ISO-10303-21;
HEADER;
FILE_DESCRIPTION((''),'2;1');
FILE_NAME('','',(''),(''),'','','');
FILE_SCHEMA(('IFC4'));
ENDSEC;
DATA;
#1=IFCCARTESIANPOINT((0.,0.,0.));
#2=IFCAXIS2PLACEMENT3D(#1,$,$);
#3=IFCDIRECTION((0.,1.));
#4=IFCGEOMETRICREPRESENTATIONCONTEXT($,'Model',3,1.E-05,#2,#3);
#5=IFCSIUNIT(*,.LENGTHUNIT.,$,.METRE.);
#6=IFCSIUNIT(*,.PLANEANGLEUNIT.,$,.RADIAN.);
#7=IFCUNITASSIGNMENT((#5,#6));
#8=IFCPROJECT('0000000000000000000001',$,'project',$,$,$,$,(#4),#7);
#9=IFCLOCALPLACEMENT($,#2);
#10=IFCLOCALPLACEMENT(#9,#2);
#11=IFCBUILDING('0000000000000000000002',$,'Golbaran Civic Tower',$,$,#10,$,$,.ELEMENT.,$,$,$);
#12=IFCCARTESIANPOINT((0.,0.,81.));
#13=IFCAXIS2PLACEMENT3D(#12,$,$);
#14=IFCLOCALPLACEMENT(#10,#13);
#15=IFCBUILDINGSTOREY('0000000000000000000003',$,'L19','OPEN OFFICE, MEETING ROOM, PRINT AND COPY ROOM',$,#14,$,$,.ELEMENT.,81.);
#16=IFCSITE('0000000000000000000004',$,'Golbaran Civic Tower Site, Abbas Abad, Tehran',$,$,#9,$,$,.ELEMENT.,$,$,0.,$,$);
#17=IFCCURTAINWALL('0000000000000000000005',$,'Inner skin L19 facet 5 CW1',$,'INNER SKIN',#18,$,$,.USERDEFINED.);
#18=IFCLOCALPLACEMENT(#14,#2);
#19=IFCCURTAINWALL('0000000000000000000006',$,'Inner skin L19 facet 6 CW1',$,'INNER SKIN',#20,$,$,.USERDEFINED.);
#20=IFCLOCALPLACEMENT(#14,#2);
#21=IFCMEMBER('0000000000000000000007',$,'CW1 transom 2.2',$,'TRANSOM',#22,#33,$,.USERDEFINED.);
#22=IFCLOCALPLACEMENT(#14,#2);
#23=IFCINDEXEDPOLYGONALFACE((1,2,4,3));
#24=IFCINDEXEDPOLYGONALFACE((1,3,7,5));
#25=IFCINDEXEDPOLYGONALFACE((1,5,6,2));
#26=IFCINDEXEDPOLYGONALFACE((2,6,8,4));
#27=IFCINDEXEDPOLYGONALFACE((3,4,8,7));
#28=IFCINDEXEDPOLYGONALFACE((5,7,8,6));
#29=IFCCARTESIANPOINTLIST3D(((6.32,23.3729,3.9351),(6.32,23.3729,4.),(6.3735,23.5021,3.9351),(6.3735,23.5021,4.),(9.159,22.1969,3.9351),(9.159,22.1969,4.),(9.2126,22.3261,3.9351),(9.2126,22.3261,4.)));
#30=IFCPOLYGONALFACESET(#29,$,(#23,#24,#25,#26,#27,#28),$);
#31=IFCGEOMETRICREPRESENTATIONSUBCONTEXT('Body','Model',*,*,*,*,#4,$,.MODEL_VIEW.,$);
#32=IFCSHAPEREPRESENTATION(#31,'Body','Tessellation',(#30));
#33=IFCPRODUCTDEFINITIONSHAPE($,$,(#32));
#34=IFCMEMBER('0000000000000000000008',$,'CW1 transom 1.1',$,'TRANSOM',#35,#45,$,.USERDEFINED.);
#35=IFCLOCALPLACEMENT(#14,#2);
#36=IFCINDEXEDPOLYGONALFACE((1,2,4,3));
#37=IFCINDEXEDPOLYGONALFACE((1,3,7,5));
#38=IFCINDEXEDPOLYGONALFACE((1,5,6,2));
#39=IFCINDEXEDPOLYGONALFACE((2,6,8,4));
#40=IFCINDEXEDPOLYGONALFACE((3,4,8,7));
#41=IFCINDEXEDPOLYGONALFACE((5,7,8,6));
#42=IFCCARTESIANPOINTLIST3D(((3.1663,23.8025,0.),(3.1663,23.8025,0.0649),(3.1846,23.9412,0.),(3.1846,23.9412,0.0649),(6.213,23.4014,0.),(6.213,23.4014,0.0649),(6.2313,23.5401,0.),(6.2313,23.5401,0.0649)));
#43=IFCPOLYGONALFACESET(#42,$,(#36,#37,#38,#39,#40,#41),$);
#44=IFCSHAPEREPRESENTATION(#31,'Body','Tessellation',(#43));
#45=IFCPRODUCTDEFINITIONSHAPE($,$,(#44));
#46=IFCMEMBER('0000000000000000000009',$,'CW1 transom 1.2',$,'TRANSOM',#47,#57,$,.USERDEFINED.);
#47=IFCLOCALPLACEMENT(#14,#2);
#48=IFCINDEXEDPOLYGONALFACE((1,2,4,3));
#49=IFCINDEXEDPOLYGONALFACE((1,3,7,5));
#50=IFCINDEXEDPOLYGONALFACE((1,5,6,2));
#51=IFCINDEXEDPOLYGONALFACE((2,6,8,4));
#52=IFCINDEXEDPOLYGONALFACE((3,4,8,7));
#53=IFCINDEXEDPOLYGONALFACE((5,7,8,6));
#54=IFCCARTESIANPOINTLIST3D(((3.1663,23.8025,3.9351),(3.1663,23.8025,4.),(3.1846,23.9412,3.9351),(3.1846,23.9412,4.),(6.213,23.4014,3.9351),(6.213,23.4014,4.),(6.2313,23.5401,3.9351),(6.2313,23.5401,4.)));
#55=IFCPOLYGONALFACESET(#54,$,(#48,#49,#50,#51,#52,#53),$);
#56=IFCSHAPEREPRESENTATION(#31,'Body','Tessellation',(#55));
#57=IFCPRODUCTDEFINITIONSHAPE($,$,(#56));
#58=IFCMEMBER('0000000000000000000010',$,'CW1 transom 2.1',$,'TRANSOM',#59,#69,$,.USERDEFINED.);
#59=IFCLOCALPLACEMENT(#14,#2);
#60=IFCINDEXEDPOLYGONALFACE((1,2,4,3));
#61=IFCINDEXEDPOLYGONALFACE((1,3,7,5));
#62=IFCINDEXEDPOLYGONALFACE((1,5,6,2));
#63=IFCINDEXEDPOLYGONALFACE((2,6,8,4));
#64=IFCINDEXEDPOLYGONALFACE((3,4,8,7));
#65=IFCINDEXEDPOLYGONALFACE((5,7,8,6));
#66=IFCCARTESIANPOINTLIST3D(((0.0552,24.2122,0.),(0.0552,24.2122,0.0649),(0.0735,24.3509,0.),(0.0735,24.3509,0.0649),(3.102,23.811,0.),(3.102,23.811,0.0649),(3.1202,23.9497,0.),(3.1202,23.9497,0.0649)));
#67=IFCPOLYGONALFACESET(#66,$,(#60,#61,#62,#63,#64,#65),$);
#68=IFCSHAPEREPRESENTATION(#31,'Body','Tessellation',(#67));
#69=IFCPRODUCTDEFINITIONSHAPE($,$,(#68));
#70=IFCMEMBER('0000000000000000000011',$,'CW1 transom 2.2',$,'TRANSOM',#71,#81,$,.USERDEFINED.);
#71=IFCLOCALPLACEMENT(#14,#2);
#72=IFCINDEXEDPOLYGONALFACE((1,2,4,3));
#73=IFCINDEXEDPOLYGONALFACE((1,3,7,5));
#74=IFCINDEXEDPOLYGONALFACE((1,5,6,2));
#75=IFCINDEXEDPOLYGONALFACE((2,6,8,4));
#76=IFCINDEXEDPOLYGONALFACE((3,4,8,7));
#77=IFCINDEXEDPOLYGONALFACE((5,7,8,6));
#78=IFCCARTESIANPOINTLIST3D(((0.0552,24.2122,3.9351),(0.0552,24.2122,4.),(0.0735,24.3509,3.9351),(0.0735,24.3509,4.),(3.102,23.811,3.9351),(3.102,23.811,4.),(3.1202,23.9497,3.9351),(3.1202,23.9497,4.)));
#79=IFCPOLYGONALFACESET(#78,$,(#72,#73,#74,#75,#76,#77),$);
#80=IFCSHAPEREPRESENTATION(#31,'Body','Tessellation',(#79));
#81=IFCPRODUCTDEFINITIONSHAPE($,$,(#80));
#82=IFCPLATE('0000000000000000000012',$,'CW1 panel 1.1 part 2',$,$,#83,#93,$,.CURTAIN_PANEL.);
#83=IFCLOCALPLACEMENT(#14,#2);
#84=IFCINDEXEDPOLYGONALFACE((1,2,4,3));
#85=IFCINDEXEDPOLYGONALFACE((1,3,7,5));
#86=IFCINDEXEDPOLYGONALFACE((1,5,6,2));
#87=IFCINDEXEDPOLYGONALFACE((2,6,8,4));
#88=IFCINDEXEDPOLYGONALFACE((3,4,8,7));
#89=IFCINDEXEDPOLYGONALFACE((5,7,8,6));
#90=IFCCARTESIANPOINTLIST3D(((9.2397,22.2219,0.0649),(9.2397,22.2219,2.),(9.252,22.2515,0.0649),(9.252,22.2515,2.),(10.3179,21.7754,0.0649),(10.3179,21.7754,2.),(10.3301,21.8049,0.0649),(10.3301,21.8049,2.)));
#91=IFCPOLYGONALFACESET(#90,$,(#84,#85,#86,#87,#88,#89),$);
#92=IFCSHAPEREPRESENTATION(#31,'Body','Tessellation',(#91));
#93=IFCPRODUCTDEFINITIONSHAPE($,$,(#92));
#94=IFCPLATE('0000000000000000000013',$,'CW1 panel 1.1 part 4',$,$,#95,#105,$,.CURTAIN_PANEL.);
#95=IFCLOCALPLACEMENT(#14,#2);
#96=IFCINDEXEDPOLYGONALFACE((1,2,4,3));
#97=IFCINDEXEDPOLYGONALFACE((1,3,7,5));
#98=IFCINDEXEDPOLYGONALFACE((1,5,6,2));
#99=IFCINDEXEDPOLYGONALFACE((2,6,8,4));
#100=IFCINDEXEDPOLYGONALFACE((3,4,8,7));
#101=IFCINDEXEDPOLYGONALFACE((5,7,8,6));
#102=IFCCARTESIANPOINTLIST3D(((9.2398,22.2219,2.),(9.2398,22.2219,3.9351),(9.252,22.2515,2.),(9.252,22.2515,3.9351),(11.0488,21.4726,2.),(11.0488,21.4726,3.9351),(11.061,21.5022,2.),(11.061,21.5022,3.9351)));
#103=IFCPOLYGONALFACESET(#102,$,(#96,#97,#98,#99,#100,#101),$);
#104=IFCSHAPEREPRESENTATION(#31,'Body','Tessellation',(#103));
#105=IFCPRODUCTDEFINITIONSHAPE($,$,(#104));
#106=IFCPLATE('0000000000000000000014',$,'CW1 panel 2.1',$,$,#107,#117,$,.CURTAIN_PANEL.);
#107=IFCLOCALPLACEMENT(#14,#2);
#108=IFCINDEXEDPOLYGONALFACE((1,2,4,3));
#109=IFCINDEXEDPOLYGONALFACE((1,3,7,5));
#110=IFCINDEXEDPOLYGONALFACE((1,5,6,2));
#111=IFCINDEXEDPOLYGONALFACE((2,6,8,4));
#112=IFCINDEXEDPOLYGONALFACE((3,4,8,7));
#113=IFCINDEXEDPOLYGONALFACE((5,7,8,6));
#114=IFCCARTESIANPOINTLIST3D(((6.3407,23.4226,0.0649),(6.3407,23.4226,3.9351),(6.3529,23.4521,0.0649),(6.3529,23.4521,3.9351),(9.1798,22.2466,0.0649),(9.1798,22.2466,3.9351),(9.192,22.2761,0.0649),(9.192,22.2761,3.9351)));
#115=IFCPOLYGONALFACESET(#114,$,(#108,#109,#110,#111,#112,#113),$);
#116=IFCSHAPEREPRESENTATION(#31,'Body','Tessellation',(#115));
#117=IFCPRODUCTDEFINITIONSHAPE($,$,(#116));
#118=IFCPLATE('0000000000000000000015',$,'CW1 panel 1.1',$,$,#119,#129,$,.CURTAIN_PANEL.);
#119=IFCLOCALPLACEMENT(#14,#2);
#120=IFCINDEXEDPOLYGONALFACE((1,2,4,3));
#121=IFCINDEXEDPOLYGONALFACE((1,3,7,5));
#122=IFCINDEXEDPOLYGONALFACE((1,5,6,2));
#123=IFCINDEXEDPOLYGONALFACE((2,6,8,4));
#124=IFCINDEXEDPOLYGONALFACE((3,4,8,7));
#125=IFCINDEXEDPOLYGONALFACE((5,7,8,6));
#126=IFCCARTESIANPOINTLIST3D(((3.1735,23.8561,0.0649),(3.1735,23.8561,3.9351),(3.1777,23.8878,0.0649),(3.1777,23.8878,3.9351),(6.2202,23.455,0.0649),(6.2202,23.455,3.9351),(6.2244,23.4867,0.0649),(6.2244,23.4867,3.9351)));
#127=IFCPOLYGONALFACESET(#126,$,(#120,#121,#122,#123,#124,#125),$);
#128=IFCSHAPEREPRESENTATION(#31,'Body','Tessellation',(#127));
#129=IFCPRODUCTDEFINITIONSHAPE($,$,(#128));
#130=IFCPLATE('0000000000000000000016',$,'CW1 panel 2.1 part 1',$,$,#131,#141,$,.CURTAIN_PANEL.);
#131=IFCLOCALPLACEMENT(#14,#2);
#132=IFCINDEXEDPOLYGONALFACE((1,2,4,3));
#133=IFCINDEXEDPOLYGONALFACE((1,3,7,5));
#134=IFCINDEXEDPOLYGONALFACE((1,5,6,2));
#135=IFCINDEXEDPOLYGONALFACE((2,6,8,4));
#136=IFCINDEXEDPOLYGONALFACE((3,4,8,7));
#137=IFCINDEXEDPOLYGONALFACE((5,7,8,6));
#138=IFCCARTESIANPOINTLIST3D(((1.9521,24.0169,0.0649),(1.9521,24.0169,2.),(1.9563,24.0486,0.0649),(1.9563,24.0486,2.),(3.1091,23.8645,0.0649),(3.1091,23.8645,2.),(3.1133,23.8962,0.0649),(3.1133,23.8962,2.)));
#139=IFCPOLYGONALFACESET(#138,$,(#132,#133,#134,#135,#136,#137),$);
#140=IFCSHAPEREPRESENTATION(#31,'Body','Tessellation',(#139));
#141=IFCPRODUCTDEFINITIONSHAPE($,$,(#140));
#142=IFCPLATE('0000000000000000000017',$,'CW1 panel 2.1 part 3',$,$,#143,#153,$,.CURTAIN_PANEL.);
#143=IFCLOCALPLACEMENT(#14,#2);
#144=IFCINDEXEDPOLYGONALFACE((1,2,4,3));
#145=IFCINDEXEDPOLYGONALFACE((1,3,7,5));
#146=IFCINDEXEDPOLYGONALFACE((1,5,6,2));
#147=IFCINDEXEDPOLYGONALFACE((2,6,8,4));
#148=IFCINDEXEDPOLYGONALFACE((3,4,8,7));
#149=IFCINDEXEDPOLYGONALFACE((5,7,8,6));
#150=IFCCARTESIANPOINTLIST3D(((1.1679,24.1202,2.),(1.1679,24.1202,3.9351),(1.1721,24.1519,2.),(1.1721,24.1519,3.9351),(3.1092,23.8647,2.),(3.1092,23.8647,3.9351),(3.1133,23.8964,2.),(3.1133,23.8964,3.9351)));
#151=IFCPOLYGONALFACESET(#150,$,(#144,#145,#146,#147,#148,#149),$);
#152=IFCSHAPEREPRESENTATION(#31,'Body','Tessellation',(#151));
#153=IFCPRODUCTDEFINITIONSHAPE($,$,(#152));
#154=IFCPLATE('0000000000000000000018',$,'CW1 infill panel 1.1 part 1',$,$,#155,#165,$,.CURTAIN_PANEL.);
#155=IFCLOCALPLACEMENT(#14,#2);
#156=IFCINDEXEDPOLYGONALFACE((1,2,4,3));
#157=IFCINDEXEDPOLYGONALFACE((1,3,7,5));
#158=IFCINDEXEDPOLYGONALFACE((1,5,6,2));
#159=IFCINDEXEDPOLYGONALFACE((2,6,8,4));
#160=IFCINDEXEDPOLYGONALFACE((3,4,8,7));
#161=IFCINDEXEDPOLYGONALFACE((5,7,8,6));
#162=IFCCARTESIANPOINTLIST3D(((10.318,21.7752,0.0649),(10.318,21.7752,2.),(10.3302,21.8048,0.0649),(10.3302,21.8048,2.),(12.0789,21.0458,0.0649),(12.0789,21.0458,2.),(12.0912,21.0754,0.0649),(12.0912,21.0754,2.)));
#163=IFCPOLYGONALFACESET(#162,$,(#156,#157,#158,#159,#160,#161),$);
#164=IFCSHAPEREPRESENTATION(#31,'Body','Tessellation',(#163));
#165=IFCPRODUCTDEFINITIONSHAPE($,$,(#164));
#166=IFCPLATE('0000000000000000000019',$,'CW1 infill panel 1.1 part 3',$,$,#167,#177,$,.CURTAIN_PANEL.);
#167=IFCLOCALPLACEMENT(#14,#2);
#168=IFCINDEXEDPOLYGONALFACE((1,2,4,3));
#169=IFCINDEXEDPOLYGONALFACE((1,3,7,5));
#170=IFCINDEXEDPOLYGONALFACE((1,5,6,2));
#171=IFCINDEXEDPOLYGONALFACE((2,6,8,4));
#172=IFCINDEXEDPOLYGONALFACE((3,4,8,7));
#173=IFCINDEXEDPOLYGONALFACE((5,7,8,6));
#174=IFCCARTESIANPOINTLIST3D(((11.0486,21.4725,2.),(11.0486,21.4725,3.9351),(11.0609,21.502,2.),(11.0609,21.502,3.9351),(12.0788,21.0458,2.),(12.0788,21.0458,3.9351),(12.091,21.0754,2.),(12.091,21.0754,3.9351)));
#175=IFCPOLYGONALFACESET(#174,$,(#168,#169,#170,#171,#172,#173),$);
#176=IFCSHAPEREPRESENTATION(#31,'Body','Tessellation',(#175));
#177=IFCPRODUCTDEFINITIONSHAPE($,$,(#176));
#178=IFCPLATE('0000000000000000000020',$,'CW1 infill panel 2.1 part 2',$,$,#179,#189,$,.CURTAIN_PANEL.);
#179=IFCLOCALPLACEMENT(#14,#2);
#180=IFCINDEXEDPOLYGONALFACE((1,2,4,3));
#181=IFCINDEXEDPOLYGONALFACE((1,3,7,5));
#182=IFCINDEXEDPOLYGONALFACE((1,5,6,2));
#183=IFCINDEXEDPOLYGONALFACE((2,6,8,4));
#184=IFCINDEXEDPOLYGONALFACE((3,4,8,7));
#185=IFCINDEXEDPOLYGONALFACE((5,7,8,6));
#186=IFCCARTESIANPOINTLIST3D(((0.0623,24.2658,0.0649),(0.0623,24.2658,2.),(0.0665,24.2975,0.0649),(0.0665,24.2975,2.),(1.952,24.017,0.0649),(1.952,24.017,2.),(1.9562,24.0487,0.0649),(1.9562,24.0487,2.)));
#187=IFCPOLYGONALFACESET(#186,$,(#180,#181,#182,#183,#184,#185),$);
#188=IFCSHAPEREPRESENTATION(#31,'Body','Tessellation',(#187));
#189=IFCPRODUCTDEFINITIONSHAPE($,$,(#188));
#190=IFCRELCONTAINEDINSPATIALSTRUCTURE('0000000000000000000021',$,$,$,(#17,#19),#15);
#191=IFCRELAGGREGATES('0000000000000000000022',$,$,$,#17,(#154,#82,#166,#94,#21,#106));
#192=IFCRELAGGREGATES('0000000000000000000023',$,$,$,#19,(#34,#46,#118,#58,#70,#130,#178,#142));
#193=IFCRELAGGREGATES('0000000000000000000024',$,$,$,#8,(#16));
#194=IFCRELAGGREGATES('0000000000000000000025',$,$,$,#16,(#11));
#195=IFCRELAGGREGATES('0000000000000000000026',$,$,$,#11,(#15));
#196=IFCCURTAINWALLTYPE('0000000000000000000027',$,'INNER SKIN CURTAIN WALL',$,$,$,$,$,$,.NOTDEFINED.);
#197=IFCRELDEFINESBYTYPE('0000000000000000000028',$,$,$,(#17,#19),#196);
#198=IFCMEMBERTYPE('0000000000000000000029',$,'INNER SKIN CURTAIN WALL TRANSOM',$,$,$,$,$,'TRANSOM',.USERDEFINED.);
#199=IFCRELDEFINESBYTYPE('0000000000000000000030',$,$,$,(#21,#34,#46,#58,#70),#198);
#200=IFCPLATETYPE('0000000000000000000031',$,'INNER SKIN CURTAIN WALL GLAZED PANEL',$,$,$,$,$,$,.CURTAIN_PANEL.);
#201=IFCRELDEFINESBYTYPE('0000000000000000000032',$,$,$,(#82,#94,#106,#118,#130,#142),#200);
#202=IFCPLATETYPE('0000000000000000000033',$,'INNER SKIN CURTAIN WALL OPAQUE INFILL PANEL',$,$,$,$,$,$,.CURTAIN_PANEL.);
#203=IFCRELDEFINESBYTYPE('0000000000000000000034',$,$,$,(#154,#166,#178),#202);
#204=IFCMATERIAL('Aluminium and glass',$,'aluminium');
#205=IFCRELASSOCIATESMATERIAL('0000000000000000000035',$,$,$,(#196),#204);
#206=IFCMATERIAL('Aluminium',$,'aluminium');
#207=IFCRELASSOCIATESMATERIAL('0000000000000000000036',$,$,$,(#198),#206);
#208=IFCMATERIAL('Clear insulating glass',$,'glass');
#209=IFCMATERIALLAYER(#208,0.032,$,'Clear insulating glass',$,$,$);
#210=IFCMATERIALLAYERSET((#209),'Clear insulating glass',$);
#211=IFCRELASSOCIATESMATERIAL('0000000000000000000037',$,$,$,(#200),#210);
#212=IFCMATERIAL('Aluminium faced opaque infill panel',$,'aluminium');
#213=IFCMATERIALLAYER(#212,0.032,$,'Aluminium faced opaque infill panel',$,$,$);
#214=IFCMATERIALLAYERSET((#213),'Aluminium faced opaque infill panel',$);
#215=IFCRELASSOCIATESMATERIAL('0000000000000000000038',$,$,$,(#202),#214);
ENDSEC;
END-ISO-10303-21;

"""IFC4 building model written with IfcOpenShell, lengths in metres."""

from ifc_helpers import new_model, si_unit, direction, frame, origin, origin_2d, place, context, subcontext, project, spatial, rectangle, extrude, material, layer, layer_set, material_profile, profile_set, type_object, element, aggregate, save


model = new_model("IFC4")

# Units and contexts
model_context = context("Model", 3, precision=1e-05, world=origin(), true_north=direction((0.0, 1.0)))
body_context = subcontext(model_context, "Body", "Model", "MODEL_VIEW")
ifc_project = project(units=[si_unit("LENGTHUNIT", "METRE"), si_unit("PLANEANGLEUNIT", "RADIAN")], contexts=[model_context])

# Site, building, storey
site_placement = place(None, origin())
site = spatial("IfcSite", under=ifc_project, at=site_placement, Name="Golbaran Civic Tower Site, Abbas Abad, Tehran", CompositionType="ELEMENT", RefElevation=0.0)
building_placement = place(site_placement, origin())
building = spatial("IfcBuilding", under=site, at=building_placement, Name="Golbaran Civic Tower", CompositionType="ELEMENT")
storey_placement = place(building_placement, frame((0.0, 0.0, 81.0)))
storey = spatial("IfcBuildingStorey", under=building, at=storey_placement, Name="L19", Description="OPEN OFFICE, MEETING ROOM, PRINT AND COPY ROOM", CompositionType="ELEMENT", Elevation=81.0)

# Curtain walls
ifc_material_1 = material(Name="Aluminium and glass", Category="aluminium")
curtain_wall_type = type_object("IfcCurtainWallType", Name="INNER SKIN CURTAIN WALL", PredefinedType="NOTDEFINED", material=ifc_material_1)
curtain_wall_1_placement = place(storey_placement, origin())
curtain_wall_1 = element("IfcCurtainWall", 1, at=curtain_wall_1_placement, inside=storey, type_object=curtain_wall_type, Name="Inner skin L19 facet 5 CW1", ObjectType="INNER SKIN", PredefinedType="USERDEFINED")
ifc_material_2 = material(Name="Aluminium", Category="aluminium")
curtain_wall_2_placement = place(storey_placement, origin())
curtain_wall_2 = element("IfcCurtainWall", 2, at=curtain_wall_2_placement, inside=storey, type_object=curtain_wall_type, Name="Inner skin L19 facet 6 CW1", ObjectType="INNER SKIN", PredefinedType="USERDEFINED")

# Members
ifc_material_profile_1 = material_profile(ifc_material_2, rectangle(XDim=0.1399, YDim=0.0649, at=origin_2d()), Name="INNER SKIN CURTAIN WALL TRANSOM")
ifc_profile_set_1 = profile_set([ifc_material_profile_1], Name="Aluminium")
member_type_1 = type_object("IfcMemberType", Name="INNER SKIN CURTAIN WALL TRANSOM", ElementType="TRANSOM", PredefinedType="USERDEFINED", material=ifc_profile_set_1)
member_1_placement = place(storey_placement, frame((9.1858, 22.2615, 3.9675), z_axis=(-0.923876, 0.382691, 0.0), x_axis=(-0.382691, -0.923876, 0.0)))
member_1 = element("IfcMember", 3, at=member_1_placement, type_object=member_type_1, Name="CW1 transom 2.2", ObjectType="TRANSOM", PredefinedType="USERDEFINED", context=body_context, shape_type="SweptSolid", body=[
    extrude(rectangle(XDim=0.1399, YDim=0.0649, at=origin_2d()), origin(), (0.0, 0.0, 1.0), 3.073),
])
member_2_placement = place(storey_placement, frame((6.2222, 23.4707, 0.0325), z_axis=(-0.991444, 0.130535, 0.0), x_axis=(-0.130535, -0.991444, 0.0)))
member_2 = element("IfcMember", 4, at=member_2_placement, type_object=member_type_1, Name="CW1 transom 1.1", ObjectType="TRANSOM", PredefinedType="USERDEFINED", context=body_context, shape_type="SweptSolid", body=[
    extrude(rectangle(XDim=0.1399, YDim=0.0649, at=origin_2d()), origin(), (0.0, 0.0, 1.0), 3.073),
])
member_3_placement = place(storey_placement, frame((6.2222, 23.4707, 3.9675), z_axis=(-0.991444, 0.130535, 0.0), x_axis=(-0.130535, -0.991444, 0.0)))
member_3 = element("IfcMember", 5, at=member_3_placement, type_object=member_type_1, Name="CW1 transom 1.2", ObjectType="TRANSOM", PredefinedType="USERDEFINED", context=body_context, shape_type="SweptSolid", body=[
    extrude(rectangle(XDim=0.1399, YDim=0.0649, at=origin_2d()), origin(), (0.0, 0.0, 1.0), 3.073),
])
member_4_placement = place(storey_placement, frame((3.1111, 23.8804, 0.0325), z_axis=(-0.991444, 0.130535, 0.0), x_axis=(-0.130535, -0.991444, 0.0)))
member_4 = element("IfcMember", 6, at=member_4_placement, type_object=member_type_1, Name="CW1 transom 2.1", ObjectType="TRANSOM", PredefinedType="USERDEFINED", context=body_context, shape_type="SweptSolid", body=[
    extrude(rectangle(XDim=0.1399, YDim=0.0649, at=origin_2d()), origin(), (0.0, 0.0, 1.0), 3.073),
])
member_5_placement = place(storey_placement, frame((3.1111, 23.8804, 3.9675), z_axis=(-0.991444, 0.130535, 0.0), x_axis=(-0.130535, -0.991444, 0.0)))
member_5 = element("IfcMember", 7, at=member_5_placement, type_object=member_type_1, Name="CW1 transom 2.2", ObjectType="TRANSOM", PredefinedType="USERDEFINED", context=body_context, shape_type="SweptSolid", body=[
    extrude(rectangle(XDim=0.1399, YDim=0.0649, at=origin_2d()), origin(), (0.0, 0.0, 1.0), 3.073),
])

# Plates
ifc_material_3 = material(Name="Clear insulating glass", Category="glass")
ifc_layer_1 = layer(ifc_material_3, 0.032, Name="Clear insulating glass")
ifc_layer_set_1 = layer_set([ifc_layer_1], Name="Clear insulating glass")
plate_type_1 = type_object("IfcPlateType", Name="INNER SKIN CURTAIN WALL GLAZED PANEL", PredefinedType="CURTAIN_PANEL", material=ifc_layer_set_1)
plate_1_placement = place(storey_placement, frame((9.7849, 22.0134, 0.0649), z_axis=(0.0, 0.0, 1.0), x_axis=(-0.92388, 0.382683, 0.0)))
plate_1 = element("IfcPlate", 8, at=plate_1_placement, type_object=plate_type_1, Name="CW1 panel 1.1 part 2", PredefinedType="CURTAIN_PANEL", context=body_context, shape_type="SweptSolid", body=[
    extrude(rectangle(XDim=1.167, YDim=0.032, at=origin_2d()), origin(), (0.0, 0.0, 1.0), 1.9351),
])
plate_2_placement = place(storey_placement, frame((10.1504, 21.8621, 2.0), z_axis=(0.0, 0.0, 1.0), x_axis=(-0.92388, 0.382683, 0.0)))
plate_2 = element("IfcPlate", 9, at=plate_2_placement, type_object=plate_type_1, Name="CW1 panel 1.1 part 4", PredefinedType="CURTAIN_PANEL", context=body_context, shape_type="SweptSolid", body=[
    extrude(rectangle(XDim=1.958, YDim=0.032, at=origin_2d()), origin(), (0.0, 0.0, 1.0), 1.9351),
])
plate_3_placement = place(storey_placement, frame((7.7664, 22.8494, 0.0649), z_axis=(0.0, 0.0, 1.0), x_axis=(-0.92388, 0.382683, 0.0)))
plate_3 = element("IfcPlate", 10, at=plate_3_placement, type_object=plate_type_1, Name="CW1 panel 2.1", PredefinedType="CURTAIN_PANEL", context=body_context, shape_type="SweptSolid", body=[
    extrude(rectangle(XDim=3.073, YDim=0.032, at=origin_2d()), origin(), (0.0, 0.0, 1.0), 3.8701),
])
plate_4_placement = place(storey_placement, frame((4.699, 23.6714, 0.0649), z_axis=(0.0, 0.0, 1.0), x_axis=(-0.991445, 0.130526, 0.0)))
plate_4 = element("IfcPlate", 11, at=plate_4_placement, type_object=plate_type_1, Name="CW1 panel 1.1", PredefinedType="CURTAIN_PANEL", context=body_context, shape_type="SweptSolid", body=[
    extrude(rectangle(XDim=3.073, YDim=0.032, at=origin_2d()), origin(), (0.0, 0.0, 1.0), 3.8701),
])
plate_5_placement = place(storey_placement, frame((2.5327, 23.9565, 0.0649), z_axis=(0.0, 0.0, 1.0), x_axis=(-0.991445, 0.130526, 0.0)))
plate_5 = element("IfcPlate", 12, at=plate_5_placement, type_object=plate_type_1, Name="CW1 panel 2.1 part 1", PredefinedType="CURTAIN_PANEL", context=body_context, shape_type="SweptSolid", body=[
    extrude(rectangle(XDim=1.167, YDim=0.032, at=origin_2d()), origin(), (0.0, 0.0, 1.0), 1.9351),
])
plate_6_placement = place(storey_placement, frame((2.1406, 24.0083, 2.0), z_axis=(0.0, 0.0, 1.0), x_axis=(-0.991445, 0.130526, 0.0)))
plate_6 = element("IfcPlate", 13, at=plate_6_placement, type_object=plate_type_1, Name="CW1 panel 2.1 part 3", PredefinedType="CURTAIN_PANEL", context=body_context, shape_type="SweptSolid", body=[
    extrude(rectangle(XDim=1.958, YDim=0.032, at=origin_2d()), origin(), (0.0, 0.0, 1.0), 1.9351),
])
ifc_material_4 = material(Name="Aluminium faced opaque infill panel", Category="aluminium")
ifc_layer_2 = layer(ifc_material_4, 0.032, Name="Aluminium faced opaque infill panel")
ifc_layer_set_2 = layer_set([ifc_layer_2], Name="Aluminium faced opaque infill panel")
plate_type_2 = type_object("IfcPlateType", Name="INNER SKIN CURTAIN WALL OPAQUE INFILL PANEL", PredefinedType="CURTAIN_PANEL", material=ifc_layer_set_2)
plate_7_placement = place(storey_placement, frame((11.2046, 21.4253, 0.0649), z_axis=(0.0, 0.0, 1.0), x_axis=(-0.92388, 0.382683, 0.0)))
plate_7 = element("IfcPlate", 14, at=plate_7_placement, type_object=plate_type_2, Name="CW1 infill panel 1.1 part 1", PredefinedType="CURTAIN_PANEL", context=body_context, shape_type="SweptSolid", body=[
    extrude(rectangle(XDim=1.906, YDim=0.032, at=origin_2d()), origin(), (0.0, 0.0, 1.0), 1.9351),
])
plate_8_placement = place(storey_placement, frame((11.5698, 21.2739, 2.0), z_axis=(0.0, 0.0, 1.0), x_axis=(-0.92388, 0.382683, 0.0)))
plate_8 = element("IfcPlate", 15, at=plate_8_placement, type_object=plate_type_2, Name="CW1 infill panel 1.1 part 3", PredefinedType="CURTAIN_PANEL", context=body_context, shape_type="SweptSolid", body=[
    extrude(rectangle(XDim=1.115, YDim=0.032, at=origin_2d()), origin(), (0.0, 0.0, 1.0), 1.9351),
])
aggregate(curtain_wall_1, [plate_7, plate_1, plate_8, plate_2, member_1, plate_3])
plate_9_placement = place(storey_placement, frame((1.0093, 24.1572, 0.0649), z_axis=(0.0, 0.0, 1.0), x_axis=(-0.991445, 0.130526, 0.0)))
plate_9 = element("IfcPlate", 16, at=plate_9_placement, type_object=plate_type_2, Name="CW1 infill panel 2.1 part 2", PredefinedType="CURTAIN_PANEL", context=body_context, shape_type="SweptSolid", body=[
    extrude(rectangle(XDim=1.906, YDim=0.032, at=origin_2d()), origin(), (0.0, 0.0, 1.0), 1.9351),
])
aggregate(curtain_wall_2, [member_2, member_3, plate_4, member_4, member_5, plate_5, plate_9, plate_6])

save(model, "model.ifc")
